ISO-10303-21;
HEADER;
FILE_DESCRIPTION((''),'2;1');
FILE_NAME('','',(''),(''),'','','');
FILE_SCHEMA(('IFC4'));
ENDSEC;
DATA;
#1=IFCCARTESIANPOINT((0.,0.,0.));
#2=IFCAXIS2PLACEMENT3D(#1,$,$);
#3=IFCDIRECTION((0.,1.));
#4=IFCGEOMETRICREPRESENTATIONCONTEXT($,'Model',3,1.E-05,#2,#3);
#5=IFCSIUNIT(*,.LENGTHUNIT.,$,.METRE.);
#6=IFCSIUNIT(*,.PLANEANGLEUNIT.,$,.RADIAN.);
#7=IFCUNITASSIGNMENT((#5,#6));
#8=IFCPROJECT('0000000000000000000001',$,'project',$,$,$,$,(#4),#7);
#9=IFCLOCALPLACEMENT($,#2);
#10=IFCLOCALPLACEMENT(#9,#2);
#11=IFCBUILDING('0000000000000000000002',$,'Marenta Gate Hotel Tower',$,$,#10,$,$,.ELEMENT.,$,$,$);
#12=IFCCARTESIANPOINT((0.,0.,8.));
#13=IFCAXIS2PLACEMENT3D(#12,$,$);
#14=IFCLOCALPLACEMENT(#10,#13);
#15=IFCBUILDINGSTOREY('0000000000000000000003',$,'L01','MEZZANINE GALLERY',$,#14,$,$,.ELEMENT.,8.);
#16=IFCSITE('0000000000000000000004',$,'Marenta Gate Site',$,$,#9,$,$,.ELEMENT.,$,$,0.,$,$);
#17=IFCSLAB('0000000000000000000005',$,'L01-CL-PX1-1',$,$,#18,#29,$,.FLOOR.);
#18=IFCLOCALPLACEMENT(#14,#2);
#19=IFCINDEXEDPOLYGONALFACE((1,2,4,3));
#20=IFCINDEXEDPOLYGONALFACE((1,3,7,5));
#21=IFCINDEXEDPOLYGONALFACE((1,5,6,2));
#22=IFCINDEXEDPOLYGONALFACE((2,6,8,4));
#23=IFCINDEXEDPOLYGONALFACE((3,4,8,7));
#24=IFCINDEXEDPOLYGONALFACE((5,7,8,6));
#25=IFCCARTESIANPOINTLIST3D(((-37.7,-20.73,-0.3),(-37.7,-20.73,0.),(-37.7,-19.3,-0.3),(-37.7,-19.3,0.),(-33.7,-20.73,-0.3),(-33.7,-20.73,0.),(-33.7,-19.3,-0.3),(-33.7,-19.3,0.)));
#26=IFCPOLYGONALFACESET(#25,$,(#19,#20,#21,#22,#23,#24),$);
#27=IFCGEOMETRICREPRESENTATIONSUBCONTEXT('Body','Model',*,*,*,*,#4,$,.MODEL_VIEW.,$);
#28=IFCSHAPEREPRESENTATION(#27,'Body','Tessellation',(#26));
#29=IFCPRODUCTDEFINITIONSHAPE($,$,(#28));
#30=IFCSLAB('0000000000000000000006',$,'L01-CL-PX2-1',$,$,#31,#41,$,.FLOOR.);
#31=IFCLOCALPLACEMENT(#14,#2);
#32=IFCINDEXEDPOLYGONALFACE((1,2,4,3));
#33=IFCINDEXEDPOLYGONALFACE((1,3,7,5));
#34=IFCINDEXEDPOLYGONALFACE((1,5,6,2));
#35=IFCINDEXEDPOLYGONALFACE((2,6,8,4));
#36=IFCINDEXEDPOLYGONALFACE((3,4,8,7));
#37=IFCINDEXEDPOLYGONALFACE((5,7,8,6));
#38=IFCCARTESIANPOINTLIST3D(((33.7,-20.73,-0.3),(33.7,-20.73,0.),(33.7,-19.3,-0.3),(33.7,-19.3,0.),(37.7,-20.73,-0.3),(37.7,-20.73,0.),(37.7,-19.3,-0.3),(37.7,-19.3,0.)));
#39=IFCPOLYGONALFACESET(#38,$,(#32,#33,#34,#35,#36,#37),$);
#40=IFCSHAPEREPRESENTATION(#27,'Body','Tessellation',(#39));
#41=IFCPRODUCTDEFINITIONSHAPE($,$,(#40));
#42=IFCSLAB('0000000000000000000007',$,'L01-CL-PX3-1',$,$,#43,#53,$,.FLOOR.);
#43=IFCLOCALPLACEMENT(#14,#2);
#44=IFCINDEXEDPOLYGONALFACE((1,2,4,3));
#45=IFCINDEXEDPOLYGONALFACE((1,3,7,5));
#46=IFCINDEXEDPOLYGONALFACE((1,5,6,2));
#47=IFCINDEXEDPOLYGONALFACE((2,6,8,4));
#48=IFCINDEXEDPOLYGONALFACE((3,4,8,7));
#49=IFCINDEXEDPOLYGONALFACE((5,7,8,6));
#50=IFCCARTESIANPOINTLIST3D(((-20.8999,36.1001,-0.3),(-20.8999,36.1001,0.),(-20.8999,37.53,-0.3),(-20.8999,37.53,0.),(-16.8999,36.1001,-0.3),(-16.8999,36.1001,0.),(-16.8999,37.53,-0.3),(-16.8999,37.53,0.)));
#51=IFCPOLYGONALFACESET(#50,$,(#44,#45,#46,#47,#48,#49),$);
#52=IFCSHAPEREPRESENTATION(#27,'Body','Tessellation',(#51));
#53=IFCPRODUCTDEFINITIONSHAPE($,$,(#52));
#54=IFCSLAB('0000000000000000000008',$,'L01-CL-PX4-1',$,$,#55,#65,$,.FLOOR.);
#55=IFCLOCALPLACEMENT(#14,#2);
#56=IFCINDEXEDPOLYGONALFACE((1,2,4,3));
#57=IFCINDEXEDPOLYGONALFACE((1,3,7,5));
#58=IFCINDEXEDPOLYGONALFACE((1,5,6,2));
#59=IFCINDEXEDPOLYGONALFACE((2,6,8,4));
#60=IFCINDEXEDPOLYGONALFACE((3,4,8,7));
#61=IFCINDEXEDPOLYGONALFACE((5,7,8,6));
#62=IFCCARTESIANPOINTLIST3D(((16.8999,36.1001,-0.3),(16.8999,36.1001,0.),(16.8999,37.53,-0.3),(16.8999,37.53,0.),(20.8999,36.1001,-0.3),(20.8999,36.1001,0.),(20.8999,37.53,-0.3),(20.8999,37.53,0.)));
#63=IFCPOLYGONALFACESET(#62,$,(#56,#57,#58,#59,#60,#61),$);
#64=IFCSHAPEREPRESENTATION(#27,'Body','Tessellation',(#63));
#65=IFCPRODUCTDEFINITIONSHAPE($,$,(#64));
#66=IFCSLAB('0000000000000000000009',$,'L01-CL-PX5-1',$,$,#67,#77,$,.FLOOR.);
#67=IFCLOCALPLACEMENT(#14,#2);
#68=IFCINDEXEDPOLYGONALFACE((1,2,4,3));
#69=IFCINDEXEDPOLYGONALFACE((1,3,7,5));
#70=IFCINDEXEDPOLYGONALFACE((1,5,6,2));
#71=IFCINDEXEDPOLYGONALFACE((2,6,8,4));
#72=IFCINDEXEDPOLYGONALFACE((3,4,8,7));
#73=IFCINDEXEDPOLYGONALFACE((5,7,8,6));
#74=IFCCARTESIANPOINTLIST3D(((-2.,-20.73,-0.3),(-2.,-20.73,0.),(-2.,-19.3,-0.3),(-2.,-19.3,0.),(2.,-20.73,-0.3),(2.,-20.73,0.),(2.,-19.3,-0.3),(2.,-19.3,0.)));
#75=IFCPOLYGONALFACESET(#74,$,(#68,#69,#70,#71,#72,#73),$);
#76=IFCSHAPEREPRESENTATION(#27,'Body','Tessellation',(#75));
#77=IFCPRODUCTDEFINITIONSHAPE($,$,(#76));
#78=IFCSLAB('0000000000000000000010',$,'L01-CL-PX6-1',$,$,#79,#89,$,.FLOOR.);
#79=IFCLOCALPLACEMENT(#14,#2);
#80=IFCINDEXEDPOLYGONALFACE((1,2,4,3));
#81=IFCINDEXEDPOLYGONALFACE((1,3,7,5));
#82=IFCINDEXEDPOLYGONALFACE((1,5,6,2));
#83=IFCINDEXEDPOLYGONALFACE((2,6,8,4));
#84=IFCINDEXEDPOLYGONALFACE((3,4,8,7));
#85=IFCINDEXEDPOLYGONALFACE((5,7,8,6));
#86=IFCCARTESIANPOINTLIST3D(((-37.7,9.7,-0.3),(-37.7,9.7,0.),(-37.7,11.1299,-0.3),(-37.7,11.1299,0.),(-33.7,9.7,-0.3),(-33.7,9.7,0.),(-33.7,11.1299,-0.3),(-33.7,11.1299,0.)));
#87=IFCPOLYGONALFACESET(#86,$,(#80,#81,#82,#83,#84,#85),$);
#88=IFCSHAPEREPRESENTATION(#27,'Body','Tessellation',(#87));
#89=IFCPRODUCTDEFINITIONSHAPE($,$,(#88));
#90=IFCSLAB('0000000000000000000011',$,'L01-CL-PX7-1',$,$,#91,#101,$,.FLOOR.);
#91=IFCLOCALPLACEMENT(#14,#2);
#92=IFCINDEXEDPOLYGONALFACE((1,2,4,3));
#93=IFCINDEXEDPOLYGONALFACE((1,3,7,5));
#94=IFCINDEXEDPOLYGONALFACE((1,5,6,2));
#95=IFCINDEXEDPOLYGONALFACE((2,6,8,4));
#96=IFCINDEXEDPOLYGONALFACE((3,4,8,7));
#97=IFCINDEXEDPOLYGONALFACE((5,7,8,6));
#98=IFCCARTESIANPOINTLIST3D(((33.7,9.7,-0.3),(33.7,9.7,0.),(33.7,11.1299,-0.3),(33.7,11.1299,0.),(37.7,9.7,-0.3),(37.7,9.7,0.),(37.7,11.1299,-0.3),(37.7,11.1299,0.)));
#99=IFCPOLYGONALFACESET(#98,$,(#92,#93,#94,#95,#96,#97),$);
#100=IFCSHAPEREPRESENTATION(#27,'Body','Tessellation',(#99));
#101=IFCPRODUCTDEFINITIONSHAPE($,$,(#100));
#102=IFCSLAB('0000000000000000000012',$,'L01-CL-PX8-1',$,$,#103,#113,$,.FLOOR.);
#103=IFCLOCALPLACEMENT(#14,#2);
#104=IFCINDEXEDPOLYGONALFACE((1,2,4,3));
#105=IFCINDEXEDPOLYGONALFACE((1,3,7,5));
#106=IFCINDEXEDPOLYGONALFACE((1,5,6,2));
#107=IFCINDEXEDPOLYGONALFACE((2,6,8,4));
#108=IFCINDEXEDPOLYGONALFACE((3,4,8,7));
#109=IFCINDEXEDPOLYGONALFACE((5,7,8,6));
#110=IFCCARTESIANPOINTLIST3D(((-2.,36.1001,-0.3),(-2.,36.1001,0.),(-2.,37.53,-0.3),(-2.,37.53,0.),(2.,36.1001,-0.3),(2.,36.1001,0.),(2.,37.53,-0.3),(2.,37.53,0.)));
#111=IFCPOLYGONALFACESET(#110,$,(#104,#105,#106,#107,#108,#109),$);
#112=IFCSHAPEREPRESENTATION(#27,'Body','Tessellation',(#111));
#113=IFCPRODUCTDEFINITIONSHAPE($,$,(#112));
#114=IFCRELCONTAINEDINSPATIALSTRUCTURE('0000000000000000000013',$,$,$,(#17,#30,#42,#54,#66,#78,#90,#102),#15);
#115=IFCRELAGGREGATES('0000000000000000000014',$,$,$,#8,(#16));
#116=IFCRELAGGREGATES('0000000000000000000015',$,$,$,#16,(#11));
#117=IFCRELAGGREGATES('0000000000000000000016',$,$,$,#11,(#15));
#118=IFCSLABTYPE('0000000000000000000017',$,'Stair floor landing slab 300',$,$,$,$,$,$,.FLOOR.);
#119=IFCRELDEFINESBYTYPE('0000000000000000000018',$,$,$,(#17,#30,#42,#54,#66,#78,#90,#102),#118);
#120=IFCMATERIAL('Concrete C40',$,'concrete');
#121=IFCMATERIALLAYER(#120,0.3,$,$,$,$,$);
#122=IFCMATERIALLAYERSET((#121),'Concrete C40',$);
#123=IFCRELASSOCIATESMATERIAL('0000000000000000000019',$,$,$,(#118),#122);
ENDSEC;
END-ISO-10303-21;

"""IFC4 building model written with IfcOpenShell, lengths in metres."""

from ifc_helpers import new_model, si_unit, direction, frame, origin, place, context, subcontext, project, spatial, polyline, outline, extrude, material, layer, layer_set, type_object, element, save


model = new_model("IFC4")

# Units and contexts
model_context = context("Model", 3, precision=1e-05, world=origin(), true_north=direction((0.0, 1.0)))
body_context = subcontext(model_context, "Body", "Model", "MODEL_VIEW")
ifc_project = project(units=[si_unit("LENGTHUNIT", "METRE"), si_unit("PLANEANGLEUNIT", "RADIAN")], contexts=[model_context])

# Site, building, storey
site_placement = place(None, origin())
site = spatial("IfcSite", under=ifc_project, at=site_placement, Name="Marenta Gate Site", CompositionType="ELEMENT", RefElevation=0.0)
building_placement = place(site_placement, origin())
building = spatial("IfcBuilding", under=site, at=building_placement, Name="Marenta Gate Hotel Tower", CompositionType="ELEMENT")
storey_placement = place(building_placement, frame((0.0, 0.0, 8.0)))
storey = spatial("IfcBuildingStorey", under=building, at=storey_placement, Name="L01", Description="MEZZANINE GALLERY", CompositionType="ELEMENT", Elevation=8.0)

# Slabs
ifc_material_1 = material(Name="Concrete C40", Category="concrete")
ifc_layer_1 = layer(ifc_material_1, 0.3)
ifc_layer_set_1 = layer_set([ifc_layer_1], Name="Concrete C40")
slab_type_1 = type_object("IfcSlabType", Name="Stair floor landing slab 300", PredefinedType="FLOOR", material=ifc_layer_set_1)
slab_1_placement = place(storey_placement, frame((0.0, 0.0, -0.3)))
element("IfcSlab", 1, at=slab_1_placement, inside=storey, type_object=slab_type_1, Name="L01-CL-PX1-1", PredefinedType="FLOOR", context=body_context, shape_type="SweptSolid", body=[
    extrude(outline(polyline([(-33.7, -20.73), (-37.7, -20.73), (-37.7, -19.3), (-33.7, -19.3), (-33.7, -20.73)])), origin(), (0.0, 0.0, 1.0), 0.3),
])
slab_2_placement = place(storey_placement, frame((0.0, 0.0, -0.3)))
element("IfcSlab", 2, at=slab_2_placement, inside=storey, type_object=slab_type_1, Name="L01-CL-PX2-1", PredefinedType="FLOOR", context=body_context, shape_type="SweptSolid", body=[
    extrude(outline(polyline([(37.7, -20.73), (33.7, -20.73), (33.7, -19.3), (37.7, -19.3), (37.7, -20.73)])), origin(), (0.0, 0.0, 1.0), 0.3),
])
slab_3_placement = place(storey_placement, frame((0.0, 0.0, -0.3)))
element("IfcSlab", 3, at=slab_3_placement, inside=storey, type_object=slab_type_1, Name="L01-CL-PX3-1", PredefinedType="FLOOR", context=body_context, shape_type="SweptSolid", body=[
    extrude(outline(polyline([(-16.8999, 36.1001), (-20.8999, 36.1001), (-20.8999, 37.53), (-16.8999, 37.53), (-16.8999, 36.1001)])), origin(), (0.0, 0.0, 1.0), 0.3),
])
slab_4_placement = place(storey_placement, frame((0.0, 0.0, -0.3)))
element("IfcSlab", 4, at=slab_4_placement, inside=storey, type_object=slab_type_1, Name="L01-CL-PX4-1", PredefinedType="FLOOR", context=body_context, shape_type="SweptSolid", body=[
    extrude(outline(polyline([(20.8999, 36.1001), (16.8999, 36.1001), (16.8999, 37.53), (20.8999, 37.53), (20.8999, 36.1001)])), origin(), (0.0, 0.0, 1.0), 0.3),
])
slab_5_placement = place(storey_placement, frame((0.0, 0.0, -0.3)))
element("IfcSlab", 5, at=slab_5_placement, inside=storey, type_object=slab_type_1, Name="L01-CL-PX5-1", PredefinedType="FLOOR", context=body_context, shape_type="SweptSolid", body=[
    extrude(outline(polyline([(2.0, -20.73), (-2.0, -20.73), (-2.0, -19.3), (2.0, -19.3), (2.0, -20.73)])), origin(), (0.0, 0.0, 1.0), 0.3),
])
slab_6_placement = place(storey_placement, frame((0.0, 0.0, -0.3)))
element("IfcSlab", 6, at=slab_6_placement, inside=storey, type_object=slab_type_1, Name="L01-CL-PX6-1", PredefinedType="FLOOR", context=body_context, shape_type="SweptSolid", body=[
    extrude(outline(polyline([(-33.7, 9.7), (-37.7, 9.7), (-37.7, 11.1299), (-33.7, 11.1299), (-33.7, 9.7)])), origin(), (0.0, 0.0, 1.0), 0.3),
])
slab_7_placement = place(storey_placement, frame((0.0, 0.0, -0.3)))
element("IfcSlab", 7, at=slab_7_placement, inside=storey, type_object=slab_type_1, Name="L01-CL-PX7-1", PredefinedType="FLOOR", context=body_context, shape_type="SweptSolid", body=[
    extrude(outline(polyline([(37.7, 9.7), (33.7, 9.7), (33.7, 11.1299), (37.7, 11.1299), (37.7, 9.7)])), origin(), (0.0, 0.0, 1.0), 0.3),
])
slab_8_placement = place(storey_placement, frame((0.0, 0.0, -0.3)))
element("IfcSlab", 8, at=slab_8_placement, inside=storey, type_object=slab_type_1, Name="L01-CL-PX8-1", PredefinedType="FLOOR", context=body_context, shape_type="SweptSolid", body=[
    extrude(outline(polyline([(2.0, 36.1001), (-2.0, 36.1001), (-2.0, 37.53), (2.0, 37.53), (2.0, 36.1001)])), origin(), (0.0, 0.0, 1.0), 0.3),
])

save(model, "model.ifc")
